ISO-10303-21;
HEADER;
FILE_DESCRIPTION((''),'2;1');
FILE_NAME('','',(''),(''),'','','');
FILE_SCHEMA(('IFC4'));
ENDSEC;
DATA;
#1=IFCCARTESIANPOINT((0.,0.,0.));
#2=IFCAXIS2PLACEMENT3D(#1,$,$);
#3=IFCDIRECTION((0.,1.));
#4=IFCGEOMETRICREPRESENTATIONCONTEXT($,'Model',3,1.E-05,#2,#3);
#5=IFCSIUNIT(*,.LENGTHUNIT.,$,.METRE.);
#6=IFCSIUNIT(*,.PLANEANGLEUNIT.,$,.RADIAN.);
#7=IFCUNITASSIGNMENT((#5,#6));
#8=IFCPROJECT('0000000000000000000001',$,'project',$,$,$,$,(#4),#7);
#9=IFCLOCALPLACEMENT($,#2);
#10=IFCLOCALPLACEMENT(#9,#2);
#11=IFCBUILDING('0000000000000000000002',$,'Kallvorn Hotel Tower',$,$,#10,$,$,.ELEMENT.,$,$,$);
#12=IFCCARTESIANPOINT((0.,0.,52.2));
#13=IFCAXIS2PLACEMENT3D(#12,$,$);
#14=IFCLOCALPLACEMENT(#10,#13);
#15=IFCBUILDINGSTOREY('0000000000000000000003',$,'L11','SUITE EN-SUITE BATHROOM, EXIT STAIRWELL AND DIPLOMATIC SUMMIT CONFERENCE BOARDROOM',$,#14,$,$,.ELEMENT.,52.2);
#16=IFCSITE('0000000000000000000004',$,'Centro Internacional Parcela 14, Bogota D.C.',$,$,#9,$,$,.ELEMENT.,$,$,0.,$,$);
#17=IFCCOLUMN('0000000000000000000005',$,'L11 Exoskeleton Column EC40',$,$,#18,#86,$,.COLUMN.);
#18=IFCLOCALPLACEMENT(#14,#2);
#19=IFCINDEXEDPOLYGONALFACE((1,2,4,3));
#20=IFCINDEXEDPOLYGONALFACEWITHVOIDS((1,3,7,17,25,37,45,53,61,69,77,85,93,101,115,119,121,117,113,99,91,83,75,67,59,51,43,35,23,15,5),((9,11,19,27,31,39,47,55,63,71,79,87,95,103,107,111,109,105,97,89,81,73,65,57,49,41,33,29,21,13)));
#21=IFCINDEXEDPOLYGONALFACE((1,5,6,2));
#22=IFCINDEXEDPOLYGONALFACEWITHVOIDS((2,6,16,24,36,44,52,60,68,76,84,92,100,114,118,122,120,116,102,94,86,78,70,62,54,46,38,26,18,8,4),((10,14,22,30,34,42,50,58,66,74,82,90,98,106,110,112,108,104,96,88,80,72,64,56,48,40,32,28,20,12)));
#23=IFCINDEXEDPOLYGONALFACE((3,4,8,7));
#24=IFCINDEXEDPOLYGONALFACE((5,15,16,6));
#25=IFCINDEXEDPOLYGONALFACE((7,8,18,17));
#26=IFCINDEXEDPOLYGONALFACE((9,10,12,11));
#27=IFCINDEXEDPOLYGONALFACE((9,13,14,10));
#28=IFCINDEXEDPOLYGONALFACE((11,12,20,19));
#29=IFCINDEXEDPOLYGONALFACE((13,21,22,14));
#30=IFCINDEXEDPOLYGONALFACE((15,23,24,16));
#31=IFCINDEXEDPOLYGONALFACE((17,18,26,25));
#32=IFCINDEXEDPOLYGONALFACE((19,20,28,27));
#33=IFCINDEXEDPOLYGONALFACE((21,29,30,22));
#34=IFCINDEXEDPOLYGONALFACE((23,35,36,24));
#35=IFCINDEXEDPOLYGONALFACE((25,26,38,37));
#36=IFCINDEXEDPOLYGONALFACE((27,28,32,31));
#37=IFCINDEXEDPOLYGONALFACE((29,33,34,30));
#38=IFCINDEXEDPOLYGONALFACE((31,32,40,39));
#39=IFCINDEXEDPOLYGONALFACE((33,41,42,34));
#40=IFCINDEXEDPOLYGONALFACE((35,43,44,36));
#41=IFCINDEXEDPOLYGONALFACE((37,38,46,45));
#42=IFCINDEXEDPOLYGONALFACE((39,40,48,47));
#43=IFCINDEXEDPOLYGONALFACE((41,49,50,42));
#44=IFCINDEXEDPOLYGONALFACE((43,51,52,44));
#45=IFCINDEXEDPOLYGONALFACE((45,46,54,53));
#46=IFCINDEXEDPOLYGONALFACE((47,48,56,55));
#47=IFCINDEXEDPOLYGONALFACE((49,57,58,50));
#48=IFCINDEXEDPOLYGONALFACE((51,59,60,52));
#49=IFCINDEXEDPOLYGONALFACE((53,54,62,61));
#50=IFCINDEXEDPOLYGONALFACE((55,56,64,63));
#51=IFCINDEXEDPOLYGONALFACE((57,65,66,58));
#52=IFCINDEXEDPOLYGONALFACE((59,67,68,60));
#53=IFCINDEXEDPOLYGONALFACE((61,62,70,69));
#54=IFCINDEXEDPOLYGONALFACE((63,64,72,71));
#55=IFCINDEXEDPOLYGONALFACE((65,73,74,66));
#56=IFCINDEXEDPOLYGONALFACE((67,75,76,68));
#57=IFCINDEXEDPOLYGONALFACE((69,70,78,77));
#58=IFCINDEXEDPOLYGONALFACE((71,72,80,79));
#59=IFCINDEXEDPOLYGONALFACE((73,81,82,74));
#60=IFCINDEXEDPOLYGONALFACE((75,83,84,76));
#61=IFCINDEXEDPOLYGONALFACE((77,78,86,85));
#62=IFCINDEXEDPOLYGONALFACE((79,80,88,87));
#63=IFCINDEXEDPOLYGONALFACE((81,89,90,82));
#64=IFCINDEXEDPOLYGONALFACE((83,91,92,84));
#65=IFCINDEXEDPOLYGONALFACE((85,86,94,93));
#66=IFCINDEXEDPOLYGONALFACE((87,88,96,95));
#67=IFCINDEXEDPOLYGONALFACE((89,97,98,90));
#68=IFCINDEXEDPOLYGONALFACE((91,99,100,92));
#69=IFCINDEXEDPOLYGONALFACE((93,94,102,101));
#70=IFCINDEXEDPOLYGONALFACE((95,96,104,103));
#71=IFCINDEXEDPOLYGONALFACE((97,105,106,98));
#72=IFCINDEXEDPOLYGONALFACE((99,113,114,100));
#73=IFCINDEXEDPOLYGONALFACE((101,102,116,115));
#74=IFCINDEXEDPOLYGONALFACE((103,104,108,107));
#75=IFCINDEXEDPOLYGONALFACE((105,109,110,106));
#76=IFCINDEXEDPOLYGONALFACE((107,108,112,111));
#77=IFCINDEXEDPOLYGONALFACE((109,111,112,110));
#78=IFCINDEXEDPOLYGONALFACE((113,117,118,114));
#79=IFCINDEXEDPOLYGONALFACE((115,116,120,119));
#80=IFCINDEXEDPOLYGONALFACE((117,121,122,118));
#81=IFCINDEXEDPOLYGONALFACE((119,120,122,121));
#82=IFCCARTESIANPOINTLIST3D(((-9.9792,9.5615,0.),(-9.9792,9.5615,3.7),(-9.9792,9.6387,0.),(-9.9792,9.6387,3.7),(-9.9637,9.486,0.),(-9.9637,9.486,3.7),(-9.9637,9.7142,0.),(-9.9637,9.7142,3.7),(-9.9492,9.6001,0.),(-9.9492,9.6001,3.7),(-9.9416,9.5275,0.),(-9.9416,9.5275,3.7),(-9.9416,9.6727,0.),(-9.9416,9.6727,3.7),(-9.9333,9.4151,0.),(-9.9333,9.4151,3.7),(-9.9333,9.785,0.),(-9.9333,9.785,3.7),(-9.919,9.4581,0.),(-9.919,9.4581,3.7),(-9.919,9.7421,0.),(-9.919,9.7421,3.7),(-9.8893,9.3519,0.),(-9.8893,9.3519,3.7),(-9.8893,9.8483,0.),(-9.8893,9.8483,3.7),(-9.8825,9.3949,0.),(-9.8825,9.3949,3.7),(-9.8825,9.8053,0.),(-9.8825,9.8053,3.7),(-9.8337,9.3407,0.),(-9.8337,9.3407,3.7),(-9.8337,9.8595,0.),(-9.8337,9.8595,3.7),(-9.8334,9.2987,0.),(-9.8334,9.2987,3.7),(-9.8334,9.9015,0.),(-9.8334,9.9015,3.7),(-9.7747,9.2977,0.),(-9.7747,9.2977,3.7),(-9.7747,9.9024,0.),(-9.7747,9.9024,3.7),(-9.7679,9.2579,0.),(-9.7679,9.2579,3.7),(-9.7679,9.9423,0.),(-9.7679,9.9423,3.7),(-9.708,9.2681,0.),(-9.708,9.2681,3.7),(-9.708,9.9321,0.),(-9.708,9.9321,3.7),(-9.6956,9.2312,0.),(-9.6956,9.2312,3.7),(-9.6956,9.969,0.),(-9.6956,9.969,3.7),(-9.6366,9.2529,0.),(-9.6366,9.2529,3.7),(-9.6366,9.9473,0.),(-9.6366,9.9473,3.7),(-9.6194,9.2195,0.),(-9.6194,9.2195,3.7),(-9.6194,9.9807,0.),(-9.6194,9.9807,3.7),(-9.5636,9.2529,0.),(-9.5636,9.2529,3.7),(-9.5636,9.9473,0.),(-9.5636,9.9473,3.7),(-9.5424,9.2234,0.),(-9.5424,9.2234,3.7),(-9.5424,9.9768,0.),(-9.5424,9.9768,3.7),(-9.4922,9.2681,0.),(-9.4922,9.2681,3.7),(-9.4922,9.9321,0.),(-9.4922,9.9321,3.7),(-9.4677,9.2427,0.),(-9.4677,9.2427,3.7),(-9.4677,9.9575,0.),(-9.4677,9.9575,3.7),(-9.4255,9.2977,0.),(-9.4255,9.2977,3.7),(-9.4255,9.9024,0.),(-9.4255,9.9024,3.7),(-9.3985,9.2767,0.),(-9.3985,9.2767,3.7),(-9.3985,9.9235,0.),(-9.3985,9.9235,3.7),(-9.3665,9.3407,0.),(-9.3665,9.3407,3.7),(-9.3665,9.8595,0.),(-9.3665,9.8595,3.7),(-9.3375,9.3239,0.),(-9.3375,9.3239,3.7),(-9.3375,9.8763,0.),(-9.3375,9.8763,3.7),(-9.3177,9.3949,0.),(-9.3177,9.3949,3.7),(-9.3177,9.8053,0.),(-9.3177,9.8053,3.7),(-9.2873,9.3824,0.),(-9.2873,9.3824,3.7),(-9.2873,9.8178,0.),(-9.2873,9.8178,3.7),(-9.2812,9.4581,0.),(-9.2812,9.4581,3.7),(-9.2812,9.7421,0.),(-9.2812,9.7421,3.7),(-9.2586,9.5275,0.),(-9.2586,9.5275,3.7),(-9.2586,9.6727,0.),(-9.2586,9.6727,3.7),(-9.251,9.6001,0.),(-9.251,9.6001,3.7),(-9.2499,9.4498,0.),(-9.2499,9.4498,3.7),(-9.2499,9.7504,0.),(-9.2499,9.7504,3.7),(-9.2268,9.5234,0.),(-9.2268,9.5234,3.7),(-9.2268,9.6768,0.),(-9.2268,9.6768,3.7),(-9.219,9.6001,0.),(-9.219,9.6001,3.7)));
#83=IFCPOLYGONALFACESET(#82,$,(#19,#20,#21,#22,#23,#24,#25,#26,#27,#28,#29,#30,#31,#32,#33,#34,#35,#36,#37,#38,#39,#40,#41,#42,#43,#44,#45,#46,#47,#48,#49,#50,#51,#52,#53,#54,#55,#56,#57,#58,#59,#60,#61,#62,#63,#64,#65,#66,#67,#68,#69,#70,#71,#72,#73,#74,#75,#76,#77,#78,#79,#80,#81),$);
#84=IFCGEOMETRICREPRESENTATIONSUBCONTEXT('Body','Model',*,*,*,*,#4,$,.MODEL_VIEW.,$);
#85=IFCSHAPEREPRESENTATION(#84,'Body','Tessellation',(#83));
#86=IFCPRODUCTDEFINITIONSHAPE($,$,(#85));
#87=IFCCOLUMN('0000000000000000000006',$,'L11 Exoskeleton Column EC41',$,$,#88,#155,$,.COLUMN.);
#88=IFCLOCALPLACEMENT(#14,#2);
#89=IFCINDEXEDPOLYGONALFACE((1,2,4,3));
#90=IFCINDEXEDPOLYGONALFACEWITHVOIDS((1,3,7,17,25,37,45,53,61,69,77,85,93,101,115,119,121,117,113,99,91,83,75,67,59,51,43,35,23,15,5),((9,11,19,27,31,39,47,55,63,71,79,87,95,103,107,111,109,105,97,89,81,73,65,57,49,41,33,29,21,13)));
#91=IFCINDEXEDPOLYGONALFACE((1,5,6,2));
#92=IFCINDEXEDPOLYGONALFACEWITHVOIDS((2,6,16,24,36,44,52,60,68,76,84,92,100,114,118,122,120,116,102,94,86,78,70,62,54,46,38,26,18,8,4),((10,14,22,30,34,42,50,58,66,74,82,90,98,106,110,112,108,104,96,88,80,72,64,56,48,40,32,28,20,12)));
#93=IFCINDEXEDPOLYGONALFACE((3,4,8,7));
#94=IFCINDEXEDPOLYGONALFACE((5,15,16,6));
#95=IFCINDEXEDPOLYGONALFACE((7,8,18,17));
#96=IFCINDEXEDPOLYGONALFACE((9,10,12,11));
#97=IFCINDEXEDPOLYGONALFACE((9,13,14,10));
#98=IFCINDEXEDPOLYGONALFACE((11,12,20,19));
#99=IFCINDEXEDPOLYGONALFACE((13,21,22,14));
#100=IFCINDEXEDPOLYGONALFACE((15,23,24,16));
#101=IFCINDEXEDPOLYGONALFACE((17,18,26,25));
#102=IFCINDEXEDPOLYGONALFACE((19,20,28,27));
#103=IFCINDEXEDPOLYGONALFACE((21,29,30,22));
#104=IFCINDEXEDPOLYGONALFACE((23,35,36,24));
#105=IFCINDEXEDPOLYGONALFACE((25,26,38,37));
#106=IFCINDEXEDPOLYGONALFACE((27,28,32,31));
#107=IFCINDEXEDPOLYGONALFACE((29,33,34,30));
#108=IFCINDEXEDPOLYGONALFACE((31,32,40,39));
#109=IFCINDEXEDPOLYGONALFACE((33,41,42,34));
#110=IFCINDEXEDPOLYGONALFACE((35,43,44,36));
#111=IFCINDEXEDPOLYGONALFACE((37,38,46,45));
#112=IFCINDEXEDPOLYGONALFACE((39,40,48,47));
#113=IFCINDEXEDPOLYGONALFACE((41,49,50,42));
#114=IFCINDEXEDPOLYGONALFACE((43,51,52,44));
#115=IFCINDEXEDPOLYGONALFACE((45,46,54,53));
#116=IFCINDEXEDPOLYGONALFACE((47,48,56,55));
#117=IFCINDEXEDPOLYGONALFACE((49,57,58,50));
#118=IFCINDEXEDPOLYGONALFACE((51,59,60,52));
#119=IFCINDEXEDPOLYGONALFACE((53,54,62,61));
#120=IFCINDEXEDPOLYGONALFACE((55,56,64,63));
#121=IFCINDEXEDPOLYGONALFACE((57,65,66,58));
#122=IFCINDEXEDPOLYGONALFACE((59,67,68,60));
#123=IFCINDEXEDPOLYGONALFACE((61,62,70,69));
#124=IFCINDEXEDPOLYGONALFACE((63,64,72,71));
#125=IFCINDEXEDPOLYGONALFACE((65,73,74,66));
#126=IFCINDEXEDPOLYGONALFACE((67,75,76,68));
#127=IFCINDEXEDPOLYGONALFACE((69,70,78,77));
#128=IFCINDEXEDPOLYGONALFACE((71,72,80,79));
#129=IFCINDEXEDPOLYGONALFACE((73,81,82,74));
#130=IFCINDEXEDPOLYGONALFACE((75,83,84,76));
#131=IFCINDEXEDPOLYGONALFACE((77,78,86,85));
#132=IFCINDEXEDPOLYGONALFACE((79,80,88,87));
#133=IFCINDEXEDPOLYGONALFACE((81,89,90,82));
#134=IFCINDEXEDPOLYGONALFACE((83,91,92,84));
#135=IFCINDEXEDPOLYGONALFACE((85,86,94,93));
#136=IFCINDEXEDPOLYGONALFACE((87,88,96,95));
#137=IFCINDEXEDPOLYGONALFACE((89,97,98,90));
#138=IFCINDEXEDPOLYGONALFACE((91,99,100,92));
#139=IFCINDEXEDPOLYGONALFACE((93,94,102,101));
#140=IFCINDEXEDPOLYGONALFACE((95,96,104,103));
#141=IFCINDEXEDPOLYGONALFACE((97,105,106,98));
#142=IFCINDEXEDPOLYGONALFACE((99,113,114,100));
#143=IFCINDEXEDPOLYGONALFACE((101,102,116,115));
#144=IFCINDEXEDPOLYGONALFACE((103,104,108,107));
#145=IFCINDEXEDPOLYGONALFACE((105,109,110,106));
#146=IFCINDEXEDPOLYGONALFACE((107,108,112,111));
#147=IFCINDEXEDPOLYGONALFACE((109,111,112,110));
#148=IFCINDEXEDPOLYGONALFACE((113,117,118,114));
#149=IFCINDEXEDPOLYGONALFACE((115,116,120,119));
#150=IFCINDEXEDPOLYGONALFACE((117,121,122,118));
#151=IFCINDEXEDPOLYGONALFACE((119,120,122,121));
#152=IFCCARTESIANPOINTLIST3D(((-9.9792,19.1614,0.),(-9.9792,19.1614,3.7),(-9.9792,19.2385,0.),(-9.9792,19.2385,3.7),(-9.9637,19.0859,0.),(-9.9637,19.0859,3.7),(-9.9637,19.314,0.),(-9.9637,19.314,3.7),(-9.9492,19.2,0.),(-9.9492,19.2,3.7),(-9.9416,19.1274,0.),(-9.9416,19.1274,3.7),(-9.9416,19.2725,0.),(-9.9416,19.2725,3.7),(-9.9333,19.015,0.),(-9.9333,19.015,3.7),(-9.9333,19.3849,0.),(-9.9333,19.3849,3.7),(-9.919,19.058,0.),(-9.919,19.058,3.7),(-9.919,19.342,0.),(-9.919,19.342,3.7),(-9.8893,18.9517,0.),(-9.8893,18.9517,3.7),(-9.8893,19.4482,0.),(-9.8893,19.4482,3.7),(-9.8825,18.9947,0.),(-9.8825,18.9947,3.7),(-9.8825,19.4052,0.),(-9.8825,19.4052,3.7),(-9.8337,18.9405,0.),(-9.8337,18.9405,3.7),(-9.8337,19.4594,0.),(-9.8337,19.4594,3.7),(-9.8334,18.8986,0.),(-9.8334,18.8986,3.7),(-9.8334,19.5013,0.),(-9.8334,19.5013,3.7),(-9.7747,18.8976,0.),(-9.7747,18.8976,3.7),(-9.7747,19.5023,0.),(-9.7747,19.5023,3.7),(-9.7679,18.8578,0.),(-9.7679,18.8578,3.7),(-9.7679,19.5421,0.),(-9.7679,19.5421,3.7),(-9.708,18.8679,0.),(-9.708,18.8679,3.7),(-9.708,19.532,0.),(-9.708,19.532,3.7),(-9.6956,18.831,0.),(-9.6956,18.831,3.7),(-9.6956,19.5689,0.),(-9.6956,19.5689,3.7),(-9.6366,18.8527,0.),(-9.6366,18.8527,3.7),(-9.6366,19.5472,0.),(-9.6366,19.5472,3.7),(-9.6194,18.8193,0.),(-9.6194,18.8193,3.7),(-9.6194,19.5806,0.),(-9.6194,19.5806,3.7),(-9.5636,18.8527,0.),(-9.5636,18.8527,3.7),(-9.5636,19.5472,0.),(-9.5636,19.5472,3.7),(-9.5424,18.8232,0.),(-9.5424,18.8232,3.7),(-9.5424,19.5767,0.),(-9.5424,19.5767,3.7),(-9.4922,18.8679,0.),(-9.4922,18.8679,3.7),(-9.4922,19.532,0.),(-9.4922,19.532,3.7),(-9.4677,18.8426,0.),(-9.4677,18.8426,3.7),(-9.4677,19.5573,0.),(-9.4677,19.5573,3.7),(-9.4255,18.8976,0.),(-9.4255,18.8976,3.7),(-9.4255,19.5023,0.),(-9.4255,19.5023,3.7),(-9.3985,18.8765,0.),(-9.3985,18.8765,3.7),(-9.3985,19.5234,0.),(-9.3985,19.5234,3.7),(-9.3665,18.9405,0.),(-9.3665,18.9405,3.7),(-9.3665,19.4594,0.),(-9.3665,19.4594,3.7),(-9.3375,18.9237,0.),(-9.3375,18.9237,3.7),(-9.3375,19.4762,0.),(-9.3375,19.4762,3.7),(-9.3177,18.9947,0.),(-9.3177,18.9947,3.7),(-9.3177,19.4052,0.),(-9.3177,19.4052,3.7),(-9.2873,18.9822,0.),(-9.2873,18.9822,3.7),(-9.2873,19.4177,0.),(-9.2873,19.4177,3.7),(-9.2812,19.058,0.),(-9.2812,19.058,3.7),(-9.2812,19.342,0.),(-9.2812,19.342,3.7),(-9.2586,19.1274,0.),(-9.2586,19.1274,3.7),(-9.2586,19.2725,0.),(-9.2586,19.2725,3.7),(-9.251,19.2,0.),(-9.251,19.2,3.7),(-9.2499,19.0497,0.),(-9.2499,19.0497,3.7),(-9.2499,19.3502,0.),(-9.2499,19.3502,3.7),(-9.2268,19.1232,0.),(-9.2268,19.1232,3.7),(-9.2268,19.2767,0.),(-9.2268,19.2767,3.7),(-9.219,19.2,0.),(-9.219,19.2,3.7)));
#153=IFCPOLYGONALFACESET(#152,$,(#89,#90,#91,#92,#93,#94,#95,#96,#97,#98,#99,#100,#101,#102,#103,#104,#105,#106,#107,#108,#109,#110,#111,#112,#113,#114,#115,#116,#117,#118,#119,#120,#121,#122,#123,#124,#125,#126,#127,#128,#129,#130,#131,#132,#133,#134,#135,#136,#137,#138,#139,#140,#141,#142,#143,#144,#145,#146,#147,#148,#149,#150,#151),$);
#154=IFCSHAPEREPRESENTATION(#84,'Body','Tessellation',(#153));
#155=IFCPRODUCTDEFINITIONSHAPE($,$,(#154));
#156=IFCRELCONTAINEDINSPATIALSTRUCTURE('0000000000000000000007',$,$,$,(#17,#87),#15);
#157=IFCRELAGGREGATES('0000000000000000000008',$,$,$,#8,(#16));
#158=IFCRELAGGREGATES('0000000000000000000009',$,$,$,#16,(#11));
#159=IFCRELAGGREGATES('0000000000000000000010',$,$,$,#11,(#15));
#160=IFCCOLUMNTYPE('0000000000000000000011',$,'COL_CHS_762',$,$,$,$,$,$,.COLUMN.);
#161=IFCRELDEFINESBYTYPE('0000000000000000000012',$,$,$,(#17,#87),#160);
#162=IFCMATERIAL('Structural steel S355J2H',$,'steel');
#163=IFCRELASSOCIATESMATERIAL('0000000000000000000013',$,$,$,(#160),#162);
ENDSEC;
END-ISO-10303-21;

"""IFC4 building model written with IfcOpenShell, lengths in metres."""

from ifc_helpers import new_model, si_unit, direction, frame, origin, origin_2d, place, context, subcontext, project, spatial, hollow_circle, extrude, material, material_profile, profile_set, type_object, element, save


model = new_model("IFC4")

# Units and contexts
model_context = context("Model", 3, precision=1e-05, world=origin(), true_north=direction((0.0, 1.0)))
body_context = subcontext(model_context, "Body", "Model", "MODEL_VIEW")
ifc_project = project(units=[si_unit("LENGTHUNIT", "METRE"), si_unit("PLANEANGLEUNIT", "RADIAN")], contexts=[model_context])

# Site, building, storey
site_placement = place(None, origin())
site = spatial("IfcSite", under=ifc_project, at=site_placement, Name="Centro Internacional Parcela 14, Bogota D.C.", CompositionType="ELEMENT", RefElevation=0.0)
building_placement = place(site_placement, origin())
building = spatial("IfcBuilding", under=site, at=building_placement, Name="Kallvorn Hotel Tower", CompositionType="ELEMENT")
storey_placement = place(building_placement, frame((0.0, 0.0, 52.2)))
storey = spatial("IfcBuildingStorey", under=building, at=storey_placement, Name="L11", Description="SUITE EN-SUITE BATHROOM, EXIT STAIRWELL AND DIPLOMATIC SUMMIT CONFERENCE BOARDROOM", CompositionType="ELEMENT", Elevation=52.2)

# Columns
ifc_material_1 = material(Name="Structural steel S355J2H", Category="steel")
ifc_material_profile_1 = material_profile(ifc_material_1, hollow_circle(Radius=0.3811, WallThickness=0.032, at=origin_2d()), Name="CHS 762x32")
ifc_profile_set_1 = profile_set([ifc_material_profile_1], Name="Structural steel S355J2H")
column_type_1 = type_object("IfcColumnType", Name="COL_CHS_762", PredefinedType="COLUMN", material=ifc_profile_set_1)
for number, where, z_axis, x_axis, name in (
    (1, (-9.6001, 9.6001, 0.0), (0.0, 0.0, 1.0), (1.0, 0.0, 0.0), "L11 Exoskeleton Column EC40"),
    (2, (-9.6001, 19.2, 0.0), (0.0, 0.0, 1.0), (1.0, 0.0, 0.0), "L11 Exoskeleton Column EC41"),
):
    element("IfcColumn", number, at=place(storey_placement, frame(where, z_axis=z_axis, x_axis=x_axis)), inside=storey, type_object=column_type_1, Name=name, PredefinedType="COLUMN", context=body_context, shape_type="SweptSolid", body=[
        extrude(hollow_circle(Radius=0.3811, WallThickness=0.032, at=origin_2d()), origin(), (0.0, 0.0, 1.0), 3.7),
    ])

save(model, "model.ifc")
